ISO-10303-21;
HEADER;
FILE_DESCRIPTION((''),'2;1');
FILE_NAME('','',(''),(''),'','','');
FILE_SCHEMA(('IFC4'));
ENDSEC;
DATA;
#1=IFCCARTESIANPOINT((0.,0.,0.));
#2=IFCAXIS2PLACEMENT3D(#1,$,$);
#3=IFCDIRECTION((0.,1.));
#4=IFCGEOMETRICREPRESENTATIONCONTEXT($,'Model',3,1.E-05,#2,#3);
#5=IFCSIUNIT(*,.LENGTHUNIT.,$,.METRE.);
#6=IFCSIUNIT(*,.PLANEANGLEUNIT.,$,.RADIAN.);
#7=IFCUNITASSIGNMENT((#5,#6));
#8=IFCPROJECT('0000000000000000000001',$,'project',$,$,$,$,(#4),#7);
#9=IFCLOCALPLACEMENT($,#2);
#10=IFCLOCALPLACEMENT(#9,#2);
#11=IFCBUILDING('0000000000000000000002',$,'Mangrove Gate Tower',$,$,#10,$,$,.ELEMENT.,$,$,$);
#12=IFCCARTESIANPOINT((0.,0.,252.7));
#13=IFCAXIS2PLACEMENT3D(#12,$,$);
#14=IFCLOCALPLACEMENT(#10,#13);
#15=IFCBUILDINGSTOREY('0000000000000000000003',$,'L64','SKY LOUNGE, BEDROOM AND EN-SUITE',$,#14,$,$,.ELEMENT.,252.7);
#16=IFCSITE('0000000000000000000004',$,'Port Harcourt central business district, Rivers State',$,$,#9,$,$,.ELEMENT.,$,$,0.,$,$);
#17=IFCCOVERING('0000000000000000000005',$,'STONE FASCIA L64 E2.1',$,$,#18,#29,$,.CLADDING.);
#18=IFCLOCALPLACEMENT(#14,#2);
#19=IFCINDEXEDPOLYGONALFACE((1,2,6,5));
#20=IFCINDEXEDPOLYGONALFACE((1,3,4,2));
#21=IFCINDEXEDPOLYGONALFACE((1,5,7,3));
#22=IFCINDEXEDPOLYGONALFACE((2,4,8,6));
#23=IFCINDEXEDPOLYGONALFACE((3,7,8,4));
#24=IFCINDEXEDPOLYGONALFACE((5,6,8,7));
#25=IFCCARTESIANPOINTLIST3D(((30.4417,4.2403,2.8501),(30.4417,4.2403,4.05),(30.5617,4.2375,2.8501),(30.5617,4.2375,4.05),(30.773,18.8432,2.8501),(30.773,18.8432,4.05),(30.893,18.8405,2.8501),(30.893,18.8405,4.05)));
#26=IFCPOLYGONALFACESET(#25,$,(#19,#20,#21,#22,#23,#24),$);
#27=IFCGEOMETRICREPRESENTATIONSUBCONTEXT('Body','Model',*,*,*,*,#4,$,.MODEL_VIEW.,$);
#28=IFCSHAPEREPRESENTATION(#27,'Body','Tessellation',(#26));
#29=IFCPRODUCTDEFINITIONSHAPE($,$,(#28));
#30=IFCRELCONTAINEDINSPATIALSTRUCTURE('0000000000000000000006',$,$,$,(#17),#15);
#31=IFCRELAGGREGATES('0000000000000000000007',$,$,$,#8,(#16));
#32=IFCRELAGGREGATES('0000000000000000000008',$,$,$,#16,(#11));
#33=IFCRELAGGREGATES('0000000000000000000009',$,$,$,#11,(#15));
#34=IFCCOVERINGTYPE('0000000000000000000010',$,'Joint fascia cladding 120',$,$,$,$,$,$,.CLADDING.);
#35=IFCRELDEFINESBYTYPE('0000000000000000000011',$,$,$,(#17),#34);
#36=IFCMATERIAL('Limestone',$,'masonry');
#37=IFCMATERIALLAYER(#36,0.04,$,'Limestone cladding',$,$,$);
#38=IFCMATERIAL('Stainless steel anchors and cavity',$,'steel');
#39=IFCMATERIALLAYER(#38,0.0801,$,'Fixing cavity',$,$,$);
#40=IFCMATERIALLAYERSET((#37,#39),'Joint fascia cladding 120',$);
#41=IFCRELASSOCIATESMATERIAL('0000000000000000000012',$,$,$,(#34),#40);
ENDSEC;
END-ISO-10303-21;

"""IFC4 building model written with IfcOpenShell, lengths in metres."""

from ifc_helpers import new_model, si_unit, direction, frame, frame_2d, origin, place, context, subcontext, project, spatial, rectangle, extrude, material, layer, layer_set, type_object, element, save


model = new_model("IFC4")

# Units and contexts
model_context = context("Model", 3, precision=1e-05, world=origin(), true_north=direction((0.0, 1.0)))
body_context = subcontext(model_context, "Body", "Model", "MODEL_VIEW")
ifc_project = project(units=[si_unit("LENGTHUNIT", "METRE"), si_unit("PLANEANGLEUNIT", "RADIAN")], contexts=[model_context])

# Site, building, storey
site_placement = place(None, origin())
site = spatial("IfcSite", under=ifc_project, at=site_placement, Name="Port Harcourt central business district, Rivers State", CompositionType="ELEMENT", RefElevation=0.0)
building_placement = place(site_placement, origin())
building = spatial("IfcBuilding", under=site, at=building_placement, Name="Mangrove Gate Tower", CompositionType="ELEMENT")
storey_placement = place(building_placement, frame((0.0, 0.0, 252.7)))
storey = spatial("IfcBuildingStorey", under=building, at=storey_placement, Name="L64", Description="SKY LOUNGE, BEDROOM AND EN-SUITE", CompositionType="ELEMENT", Elevation=252.7)

# Shared definitions
ifc_material_1 = material(Name="Limestone", Category="masonry")

# Covering
ifc_layer_1 = layer(ifc_material_1, 0.04, Name="Limestone cladding")
ifc_material_2 = material(Name="Stainless steel anchors and cavity", Category="steel")
ifc_layer_2 = layer(ifc_material_2, 0.0801, Name="Fixing cavity")
ifc_layer_set_1 = layer_set([ifc_layer_1, ifc_layer_2], Name="Joint fascia cladding 120")
covering_type = type_object("IfcCoveringType", Name="Joint fascia cladding 120", PredefinedType="CLADDING", material=ifc_layer_set_1)
covering_1_placement = place(storey_placement, frame((30.5017, 4.239, 2.8501), z_axis=(0.0, 0.0, 1.0), x_axis=(0.022681, 0.999743, 0.0)))
element("IfcCovering", 1, at=covering_1_placement, inside=storey, type_object=covering_type, Name="STONE FASCIA L64 E2.1", PredefinedType="CLADDING", context=body_context, shape_type="SweptSolid", body=[
    extrude(rectangle(XDim=14.6067, YDim=0.1201, at=frame_2d((7.3032, 0.0))), origin(), (0.0, 0.0, 1.0), 1.2),
])

save(model, "model.ifc")
